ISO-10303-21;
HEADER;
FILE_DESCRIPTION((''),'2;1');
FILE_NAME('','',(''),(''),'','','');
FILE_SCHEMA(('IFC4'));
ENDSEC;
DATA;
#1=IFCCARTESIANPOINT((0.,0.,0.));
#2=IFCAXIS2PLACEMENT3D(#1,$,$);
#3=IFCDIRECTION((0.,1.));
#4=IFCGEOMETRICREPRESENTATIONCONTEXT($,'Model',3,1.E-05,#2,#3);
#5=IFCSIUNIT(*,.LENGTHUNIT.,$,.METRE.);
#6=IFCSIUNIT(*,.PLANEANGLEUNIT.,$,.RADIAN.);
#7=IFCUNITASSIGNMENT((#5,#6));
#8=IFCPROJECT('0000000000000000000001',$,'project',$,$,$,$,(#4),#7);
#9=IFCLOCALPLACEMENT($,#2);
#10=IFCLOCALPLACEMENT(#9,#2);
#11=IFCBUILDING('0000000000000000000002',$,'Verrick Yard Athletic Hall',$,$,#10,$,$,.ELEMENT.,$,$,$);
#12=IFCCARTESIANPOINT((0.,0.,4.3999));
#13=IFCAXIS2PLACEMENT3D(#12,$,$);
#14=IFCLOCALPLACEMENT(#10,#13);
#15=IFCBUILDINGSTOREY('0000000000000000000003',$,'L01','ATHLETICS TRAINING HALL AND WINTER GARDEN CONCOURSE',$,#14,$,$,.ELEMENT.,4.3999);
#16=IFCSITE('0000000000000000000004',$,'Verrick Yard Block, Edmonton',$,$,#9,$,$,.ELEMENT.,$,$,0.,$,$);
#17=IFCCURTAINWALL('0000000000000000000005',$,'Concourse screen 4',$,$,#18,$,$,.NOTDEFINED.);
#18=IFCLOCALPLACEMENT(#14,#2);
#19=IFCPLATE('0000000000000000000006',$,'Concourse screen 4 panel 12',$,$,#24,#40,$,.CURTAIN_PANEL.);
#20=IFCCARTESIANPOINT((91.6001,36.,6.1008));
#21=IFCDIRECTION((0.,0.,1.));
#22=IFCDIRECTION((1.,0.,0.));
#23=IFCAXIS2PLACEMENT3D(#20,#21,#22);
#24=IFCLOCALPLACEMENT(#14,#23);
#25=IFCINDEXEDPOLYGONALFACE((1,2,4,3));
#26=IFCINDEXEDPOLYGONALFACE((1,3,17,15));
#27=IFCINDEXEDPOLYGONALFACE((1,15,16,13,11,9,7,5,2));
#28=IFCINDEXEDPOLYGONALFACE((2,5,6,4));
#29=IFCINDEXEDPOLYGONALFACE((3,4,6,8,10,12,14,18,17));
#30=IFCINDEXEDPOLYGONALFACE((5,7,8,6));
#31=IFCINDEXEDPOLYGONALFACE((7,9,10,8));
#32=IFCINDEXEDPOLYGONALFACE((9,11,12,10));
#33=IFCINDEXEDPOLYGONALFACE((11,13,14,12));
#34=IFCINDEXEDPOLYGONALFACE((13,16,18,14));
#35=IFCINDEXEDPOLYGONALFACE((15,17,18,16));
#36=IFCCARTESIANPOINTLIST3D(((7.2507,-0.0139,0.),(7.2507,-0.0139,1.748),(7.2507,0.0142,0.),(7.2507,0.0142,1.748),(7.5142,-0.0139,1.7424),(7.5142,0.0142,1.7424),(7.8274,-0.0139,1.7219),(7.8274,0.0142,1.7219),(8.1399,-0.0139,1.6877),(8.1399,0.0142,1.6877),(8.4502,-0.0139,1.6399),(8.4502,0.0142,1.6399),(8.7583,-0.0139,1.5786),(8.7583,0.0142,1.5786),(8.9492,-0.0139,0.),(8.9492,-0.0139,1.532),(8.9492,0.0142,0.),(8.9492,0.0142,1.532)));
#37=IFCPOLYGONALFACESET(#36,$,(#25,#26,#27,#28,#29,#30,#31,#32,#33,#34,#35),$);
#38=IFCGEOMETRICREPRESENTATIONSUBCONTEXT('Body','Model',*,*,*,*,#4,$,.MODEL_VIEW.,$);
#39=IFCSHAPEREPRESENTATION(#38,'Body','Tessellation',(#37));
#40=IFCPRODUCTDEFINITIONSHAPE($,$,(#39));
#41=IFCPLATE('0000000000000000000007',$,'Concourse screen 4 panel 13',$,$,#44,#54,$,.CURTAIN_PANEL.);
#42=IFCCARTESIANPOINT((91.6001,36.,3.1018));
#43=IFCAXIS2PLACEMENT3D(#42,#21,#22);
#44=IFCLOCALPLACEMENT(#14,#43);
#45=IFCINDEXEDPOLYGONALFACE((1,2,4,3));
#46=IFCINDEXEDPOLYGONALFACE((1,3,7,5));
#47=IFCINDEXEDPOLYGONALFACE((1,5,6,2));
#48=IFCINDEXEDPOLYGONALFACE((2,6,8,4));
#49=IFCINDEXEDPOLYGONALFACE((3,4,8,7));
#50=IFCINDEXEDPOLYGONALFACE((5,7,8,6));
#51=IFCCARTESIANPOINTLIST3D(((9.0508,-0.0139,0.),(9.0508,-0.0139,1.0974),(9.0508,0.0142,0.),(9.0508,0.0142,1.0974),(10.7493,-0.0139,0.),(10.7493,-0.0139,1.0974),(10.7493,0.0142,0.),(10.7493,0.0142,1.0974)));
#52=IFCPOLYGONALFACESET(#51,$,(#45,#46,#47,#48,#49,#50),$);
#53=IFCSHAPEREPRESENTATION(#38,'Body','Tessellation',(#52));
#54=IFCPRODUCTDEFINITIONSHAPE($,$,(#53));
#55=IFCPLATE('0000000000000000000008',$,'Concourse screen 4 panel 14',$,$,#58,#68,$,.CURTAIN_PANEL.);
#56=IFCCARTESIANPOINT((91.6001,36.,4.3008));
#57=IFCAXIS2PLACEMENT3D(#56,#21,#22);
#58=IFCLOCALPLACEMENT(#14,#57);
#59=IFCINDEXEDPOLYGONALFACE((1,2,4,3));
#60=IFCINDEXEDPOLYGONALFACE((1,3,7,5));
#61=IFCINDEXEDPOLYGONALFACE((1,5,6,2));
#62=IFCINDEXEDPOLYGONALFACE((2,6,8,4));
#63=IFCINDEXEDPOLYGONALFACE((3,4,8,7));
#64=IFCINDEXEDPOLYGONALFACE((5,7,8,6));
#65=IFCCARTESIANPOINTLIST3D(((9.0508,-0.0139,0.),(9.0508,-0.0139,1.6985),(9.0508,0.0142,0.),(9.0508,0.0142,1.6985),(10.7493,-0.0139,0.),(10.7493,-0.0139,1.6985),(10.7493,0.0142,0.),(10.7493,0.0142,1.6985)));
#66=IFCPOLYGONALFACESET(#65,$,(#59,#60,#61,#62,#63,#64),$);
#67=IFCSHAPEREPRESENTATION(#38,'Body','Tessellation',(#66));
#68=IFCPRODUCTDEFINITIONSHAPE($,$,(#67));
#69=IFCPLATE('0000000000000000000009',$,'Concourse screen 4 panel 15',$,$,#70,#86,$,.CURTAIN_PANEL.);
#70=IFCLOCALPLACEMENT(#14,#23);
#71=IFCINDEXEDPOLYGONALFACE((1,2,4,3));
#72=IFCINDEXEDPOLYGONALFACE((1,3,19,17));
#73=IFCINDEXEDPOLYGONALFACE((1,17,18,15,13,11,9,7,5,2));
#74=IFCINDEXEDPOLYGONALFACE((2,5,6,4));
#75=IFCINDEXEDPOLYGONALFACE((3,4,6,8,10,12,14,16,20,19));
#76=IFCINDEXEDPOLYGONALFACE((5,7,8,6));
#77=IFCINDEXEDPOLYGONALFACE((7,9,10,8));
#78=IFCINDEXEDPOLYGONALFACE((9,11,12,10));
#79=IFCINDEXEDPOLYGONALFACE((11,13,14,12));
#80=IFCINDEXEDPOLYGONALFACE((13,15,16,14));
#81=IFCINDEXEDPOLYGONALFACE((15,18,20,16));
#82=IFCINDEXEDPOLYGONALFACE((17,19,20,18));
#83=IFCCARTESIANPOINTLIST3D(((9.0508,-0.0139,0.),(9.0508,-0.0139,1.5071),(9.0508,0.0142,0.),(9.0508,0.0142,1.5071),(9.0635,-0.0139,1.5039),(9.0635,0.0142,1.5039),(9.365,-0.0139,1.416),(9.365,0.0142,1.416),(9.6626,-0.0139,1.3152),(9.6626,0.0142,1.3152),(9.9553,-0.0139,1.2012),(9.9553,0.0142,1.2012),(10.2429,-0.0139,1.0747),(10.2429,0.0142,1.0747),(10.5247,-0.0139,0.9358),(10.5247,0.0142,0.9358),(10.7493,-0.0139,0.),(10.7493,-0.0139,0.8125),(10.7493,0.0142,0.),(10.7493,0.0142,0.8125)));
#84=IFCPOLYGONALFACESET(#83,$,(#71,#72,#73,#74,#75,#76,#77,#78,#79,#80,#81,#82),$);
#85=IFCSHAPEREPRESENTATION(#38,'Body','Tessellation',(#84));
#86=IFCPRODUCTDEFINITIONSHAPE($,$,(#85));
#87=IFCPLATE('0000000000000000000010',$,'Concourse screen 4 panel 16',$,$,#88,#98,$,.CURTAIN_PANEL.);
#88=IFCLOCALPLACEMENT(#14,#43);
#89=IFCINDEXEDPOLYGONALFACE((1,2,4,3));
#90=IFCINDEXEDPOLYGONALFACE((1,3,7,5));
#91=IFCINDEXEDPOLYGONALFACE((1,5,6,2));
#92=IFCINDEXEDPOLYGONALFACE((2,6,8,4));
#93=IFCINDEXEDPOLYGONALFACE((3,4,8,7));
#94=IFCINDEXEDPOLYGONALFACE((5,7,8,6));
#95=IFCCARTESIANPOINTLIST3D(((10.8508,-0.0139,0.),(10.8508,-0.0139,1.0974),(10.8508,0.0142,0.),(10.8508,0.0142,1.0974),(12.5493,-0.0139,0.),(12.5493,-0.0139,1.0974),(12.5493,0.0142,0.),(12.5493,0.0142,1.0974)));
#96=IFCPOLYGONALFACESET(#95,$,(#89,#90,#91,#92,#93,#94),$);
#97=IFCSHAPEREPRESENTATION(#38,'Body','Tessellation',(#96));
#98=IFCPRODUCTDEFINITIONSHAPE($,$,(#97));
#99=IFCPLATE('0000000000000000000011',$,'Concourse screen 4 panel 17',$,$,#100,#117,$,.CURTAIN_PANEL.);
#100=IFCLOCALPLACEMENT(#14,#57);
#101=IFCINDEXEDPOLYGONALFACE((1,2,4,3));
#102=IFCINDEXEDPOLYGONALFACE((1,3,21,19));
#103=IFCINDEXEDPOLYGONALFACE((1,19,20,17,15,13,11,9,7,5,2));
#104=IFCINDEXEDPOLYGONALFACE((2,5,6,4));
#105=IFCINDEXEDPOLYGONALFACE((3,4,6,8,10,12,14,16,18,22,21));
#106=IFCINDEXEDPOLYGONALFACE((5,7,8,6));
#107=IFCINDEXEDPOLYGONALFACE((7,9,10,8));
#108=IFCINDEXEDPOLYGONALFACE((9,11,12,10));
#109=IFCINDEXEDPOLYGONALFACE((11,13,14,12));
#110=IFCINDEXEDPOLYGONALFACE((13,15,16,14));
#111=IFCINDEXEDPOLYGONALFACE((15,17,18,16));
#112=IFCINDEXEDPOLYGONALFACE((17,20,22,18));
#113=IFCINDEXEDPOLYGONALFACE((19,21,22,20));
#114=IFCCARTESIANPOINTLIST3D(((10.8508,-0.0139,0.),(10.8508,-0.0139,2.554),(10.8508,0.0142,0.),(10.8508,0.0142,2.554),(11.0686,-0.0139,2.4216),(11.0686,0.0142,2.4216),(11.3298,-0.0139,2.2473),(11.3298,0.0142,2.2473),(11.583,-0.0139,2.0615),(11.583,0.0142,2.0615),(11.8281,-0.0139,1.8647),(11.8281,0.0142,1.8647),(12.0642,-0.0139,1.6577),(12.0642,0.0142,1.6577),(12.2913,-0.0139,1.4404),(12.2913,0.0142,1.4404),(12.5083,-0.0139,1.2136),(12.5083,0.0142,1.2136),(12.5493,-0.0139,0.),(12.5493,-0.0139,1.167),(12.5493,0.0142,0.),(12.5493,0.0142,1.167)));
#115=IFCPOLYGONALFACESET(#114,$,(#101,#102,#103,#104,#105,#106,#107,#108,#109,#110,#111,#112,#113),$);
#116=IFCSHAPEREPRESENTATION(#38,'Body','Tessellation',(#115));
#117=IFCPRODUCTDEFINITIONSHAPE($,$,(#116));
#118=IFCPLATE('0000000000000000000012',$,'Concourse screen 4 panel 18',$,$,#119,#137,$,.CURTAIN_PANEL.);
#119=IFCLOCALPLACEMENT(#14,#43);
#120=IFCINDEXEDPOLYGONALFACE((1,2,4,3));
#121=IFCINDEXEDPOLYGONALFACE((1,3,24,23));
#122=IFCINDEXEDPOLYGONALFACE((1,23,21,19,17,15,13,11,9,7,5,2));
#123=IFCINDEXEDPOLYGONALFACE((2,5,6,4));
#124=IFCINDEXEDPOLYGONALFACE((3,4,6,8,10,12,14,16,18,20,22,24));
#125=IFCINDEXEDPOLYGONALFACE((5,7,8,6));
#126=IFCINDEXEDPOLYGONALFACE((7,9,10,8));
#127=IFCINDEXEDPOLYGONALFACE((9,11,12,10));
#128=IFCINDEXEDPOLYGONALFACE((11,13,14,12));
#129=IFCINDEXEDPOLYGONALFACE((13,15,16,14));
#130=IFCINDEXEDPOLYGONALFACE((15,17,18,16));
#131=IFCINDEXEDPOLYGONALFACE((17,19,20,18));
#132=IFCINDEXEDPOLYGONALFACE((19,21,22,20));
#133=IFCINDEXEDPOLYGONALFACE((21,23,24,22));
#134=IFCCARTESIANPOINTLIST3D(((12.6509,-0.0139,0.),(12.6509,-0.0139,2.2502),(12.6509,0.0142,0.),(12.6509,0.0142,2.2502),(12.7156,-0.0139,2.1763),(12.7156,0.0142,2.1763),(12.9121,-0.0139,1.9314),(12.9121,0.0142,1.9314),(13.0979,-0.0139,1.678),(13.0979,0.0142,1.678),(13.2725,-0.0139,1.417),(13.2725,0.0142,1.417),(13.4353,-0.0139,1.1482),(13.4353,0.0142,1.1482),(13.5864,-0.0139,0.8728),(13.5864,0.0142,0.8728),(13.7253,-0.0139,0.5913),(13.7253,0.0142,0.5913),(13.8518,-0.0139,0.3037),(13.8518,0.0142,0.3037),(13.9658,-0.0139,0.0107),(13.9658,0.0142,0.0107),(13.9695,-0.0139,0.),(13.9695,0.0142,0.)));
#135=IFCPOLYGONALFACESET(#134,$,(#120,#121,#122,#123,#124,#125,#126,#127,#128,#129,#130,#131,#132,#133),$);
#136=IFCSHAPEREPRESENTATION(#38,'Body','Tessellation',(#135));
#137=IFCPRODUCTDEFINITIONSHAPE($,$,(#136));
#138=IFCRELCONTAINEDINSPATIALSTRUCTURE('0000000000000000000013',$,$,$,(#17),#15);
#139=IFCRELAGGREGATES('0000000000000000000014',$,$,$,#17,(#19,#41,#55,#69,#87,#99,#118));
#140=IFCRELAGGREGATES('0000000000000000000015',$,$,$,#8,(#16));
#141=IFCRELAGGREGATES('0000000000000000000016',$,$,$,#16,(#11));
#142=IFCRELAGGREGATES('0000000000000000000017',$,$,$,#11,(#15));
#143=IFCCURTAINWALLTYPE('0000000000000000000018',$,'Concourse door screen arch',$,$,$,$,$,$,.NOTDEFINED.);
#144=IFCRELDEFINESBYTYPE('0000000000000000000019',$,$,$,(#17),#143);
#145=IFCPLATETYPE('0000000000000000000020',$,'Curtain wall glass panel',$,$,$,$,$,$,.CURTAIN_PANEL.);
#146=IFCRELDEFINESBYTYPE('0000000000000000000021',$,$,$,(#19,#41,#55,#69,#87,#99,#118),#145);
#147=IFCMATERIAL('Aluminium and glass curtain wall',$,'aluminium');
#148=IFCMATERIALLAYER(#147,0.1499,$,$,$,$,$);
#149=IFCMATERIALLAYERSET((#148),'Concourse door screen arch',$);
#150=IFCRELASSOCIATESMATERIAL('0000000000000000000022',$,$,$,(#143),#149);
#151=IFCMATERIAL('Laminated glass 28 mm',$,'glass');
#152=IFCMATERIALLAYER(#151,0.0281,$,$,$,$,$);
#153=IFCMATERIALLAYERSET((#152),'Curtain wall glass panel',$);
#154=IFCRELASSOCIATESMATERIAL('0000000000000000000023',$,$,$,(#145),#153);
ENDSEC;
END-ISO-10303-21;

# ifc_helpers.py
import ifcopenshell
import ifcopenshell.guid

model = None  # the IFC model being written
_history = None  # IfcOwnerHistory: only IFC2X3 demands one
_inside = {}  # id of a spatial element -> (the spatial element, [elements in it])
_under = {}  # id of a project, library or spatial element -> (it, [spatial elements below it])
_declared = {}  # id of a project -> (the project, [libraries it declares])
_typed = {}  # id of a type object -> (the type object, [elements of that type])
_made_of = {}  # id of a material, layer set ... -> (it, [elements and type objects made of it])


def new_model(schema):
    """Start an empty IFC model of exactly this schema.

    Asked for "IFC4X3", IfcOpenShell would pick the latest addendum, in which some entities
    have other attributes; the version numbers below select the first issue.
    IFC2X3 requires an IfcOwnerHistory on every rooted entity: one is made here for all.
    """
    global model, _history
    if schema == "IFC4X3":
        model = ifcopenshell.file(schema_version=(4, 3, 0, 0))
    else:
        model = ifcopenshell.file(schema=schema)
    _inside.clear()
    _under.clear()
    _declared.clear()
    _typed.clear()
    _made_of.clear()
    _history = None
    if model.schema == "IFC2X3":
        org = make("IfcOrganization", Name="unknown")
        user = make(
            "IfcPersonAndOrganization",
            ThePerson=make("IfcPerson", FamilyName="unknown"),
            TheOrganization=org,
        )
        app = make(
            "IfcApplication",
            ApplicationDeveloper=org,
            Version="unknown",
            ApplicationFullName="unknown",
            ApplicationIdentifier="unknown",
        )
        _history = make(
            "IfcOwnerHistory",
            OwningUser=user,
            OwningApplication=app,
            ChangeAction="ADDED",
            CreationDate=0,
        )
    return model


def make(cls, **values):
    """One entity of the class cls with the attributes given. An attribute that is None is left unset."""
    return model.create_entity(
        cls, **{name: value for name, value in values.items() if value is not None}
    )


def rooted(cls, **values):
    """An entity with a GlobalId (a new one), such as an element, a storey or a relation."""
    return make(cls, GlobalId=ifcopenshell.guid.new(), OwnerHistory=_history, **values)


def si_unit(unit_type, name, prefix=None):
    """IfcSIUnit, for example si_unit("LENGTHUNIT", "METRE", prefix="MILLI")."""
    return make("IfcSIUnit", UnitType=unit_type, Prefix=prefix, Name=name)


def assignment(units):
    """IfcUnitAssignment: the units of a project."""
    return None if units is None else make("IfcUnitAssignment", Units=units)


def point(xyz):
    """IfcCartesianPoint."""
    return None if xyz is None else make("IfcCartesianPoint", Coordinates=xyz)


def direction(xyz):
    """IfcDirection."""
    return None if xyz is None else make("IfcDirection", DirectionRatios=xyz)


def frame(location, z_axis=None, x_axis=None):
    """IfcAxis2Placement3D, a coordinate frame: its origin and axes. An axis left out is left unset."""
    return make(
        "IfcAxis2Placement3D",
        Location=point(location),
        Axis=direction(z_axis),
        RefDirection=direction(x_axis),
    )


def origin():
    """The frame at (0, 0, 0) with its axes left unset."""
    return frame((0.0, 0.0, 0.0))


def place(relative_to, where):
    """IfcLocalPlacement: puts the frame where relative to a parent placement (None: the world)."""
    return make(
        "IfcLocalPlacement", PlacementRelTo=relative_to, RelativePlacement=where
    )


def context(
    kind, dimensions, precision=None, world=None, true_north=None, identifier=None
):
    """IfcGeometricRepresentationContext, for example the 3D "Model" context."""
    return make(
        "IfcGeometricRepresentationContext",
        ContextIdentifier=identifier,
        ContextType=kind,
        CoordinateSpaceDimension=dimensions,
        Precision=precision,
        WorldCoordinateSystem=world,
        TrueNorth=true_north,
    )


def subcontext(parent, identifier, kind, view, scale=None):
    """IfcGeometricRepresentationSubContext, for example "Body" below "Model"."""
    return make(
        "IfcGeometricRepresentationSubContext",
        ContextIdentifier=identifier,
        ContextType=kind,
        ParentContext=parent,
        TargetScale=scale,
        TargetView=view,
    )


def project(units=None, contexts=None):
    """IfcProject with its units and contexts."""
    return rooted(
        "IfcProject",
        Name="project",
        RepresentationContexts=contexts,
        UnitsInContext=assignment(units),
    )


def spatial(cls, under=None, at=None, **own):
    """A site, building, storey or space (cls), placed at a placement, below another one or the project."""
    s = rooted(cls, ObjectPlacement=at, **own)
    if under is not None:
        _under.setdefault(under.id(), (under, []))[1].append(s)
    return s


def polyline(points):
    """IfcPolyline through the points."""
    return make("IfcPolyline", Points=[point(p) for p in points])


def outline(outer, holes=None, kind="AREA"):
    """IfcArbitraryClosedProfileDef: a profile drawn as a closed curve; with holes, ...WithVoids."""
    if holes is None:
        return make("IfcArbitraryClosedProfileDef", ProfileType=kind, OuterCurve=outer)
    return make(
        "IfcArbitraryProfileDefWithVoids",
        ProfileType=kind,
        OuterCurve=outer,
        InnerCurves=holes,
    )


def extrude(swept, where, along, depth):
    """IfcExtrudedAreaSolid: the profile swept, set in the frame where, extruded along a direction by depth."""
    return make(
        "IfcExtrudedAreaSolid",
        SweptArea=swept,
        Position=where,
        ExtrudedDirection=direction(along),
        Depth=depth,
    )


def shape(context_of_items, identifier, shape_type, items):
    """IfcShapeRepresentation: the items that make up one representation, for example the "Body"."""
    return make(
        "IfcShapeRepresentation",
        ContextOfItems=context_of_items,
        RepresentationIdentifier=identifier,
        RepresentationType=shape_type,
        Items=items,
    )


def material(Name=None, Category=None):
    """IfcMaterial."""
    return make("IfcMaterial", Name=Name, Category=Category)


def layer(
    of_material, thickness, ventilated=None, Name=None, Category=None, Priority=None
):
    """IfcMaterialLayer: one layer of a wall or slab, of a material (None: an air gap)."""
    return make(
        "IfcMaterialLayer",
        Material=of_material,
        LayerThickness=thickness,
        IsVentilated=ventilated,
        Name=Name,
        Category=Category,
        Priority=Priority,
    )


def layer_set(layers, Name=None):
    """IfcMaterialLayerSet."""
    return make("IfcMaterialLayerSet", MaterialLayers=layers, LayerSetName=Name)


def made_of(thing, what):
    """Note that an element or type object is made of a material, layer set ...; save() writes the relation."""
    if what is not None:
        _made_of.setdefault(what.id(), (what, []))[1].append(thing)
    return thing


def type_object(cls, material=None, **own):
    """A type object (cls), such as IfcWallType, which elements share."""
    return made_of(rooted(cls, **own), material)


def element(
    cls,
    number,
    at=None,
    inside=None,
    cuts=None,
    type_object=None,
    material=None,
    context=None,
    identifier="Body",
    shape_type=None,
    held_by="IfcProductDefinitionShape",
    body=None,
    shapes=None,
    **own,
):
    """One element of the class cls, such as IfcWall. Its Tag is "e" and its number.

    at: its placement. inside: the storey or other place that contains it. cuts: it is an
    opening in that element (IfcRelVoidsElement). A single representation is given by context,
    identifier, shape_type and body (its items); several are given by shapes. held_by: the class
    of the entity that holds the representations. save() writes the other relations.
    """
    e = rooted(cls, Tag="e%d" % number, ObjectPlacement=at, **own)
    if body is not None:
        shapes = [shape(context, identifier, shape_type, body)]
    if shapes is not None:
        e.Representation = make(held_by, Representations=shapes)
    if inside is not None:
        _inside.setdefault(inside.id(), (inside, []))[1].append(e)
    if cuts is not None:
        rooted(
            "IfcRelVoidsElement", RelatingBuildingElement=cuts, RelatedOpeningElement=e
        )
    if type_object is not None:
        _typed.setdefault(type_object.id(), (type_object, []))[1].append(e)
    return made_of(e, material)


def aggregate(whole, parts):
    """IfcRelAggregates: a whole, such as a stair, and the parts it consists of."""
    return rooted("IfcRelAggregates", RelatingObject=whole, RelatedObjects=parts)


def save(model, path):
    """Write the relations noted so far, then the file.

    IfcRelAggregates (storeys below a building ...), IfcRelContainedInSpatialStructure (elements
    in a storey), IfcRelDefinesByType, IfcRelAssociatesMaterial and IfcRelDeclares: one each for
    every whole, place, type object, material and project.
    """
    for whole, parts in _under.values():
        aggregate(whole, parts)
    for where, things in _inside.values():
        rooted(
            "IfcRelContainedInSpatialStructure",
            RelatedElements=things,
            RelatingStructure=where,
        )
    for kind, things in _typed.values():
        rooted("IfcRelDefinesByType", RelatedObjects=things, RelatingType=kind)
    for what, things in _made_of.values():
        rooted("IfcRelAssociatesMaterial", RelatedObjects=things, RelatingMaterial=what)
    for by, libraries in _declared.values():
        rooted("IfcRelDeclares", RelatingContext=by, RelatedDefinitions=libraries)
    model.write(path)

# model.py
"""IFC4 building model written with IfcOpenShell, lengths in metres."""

from ifc_helpers import new_model, si_unit, direction, frame, origin, place, context, subcontext, project, spatial, polyline, outline, extrude, material, layer, layer_set, type_object, element, aggregate, save


model = new_model("IFC4")

# Units and contexts
model_context = context("Model", 3, precision=1e-05, world=origin(), true_north=direction((0.0, 1.0)))
body_context = subcontext(model_context, "Body", "Model", "MODEL_VIEW")
ifc_project = project(units=[si_unit("LENGTHUNIT", "METRE"), si_unit("PLANEANGLEUNIT", "RADIAN")], contexts=[model_context])

# Site, building, storey
site_placement = place(None, origin())
site = spatial("IfcSite", under=ifc_project, at=site_placement, Name="Verrick Yard Block, Edmonton", CompositionType="ELEMENT", RefElevation=0.0)
building_placement = place(site_placement, origin())
building = spatial("IfcBuilding", under=site, at=building_placement, Name="Verrick Yard Athletic Hall", CompositionType="ELEMENT")
storey_placement = place(building_placement, frame((0.0, 0.0, 4.3999)))
storey = spatial("IfcBuildingStorey", under=building, at=storey_placement, Name="L01", Description="ATHLETICS TRAINING HALL AND WINTER GARDEN CONCOURSE", CompositionType="ELEMENT", Elevation=4.3999)

# Curtain wall, plates
ifc_material_1 = material(Name="Aluminium and glass curtain wall", Category="aluminium")
ifc_layer_1 = layer(ifc_material_1, 0.1499)
ifc_layer_set_1 = layer_set([ifc_layer_1], Name="Concourse door screen arch")
curtain_wall_type = type_object("IfcCurtainWallType", Name="Concourse door screen arch", PredefinedType="NOTDEFINED", material=ifc_layer_set_1)
curtain_wall_placement = place(storey_placement, origin())
curtain_wall = element("IfcCurtainWall", 1, at=curtain_wall_placement, inside=storey, type_object=curtain_wall_type, Name="Concourse screen 4", PredefinedType="NOTDEFINED")
ifc_material_2 = material(Name="Laminated glass 28 mm", Category="glass")
ifc_layer_2 = layer(ifc_material_2, 0.0281)
ifc_layer_set_2 = layer_set([ifc_layer_2], Name="Curtain wall glass panel")
plate_type = type_object("IfcPlateType", Name="Curtain wall glass panel", PredefinedType="CURTAIN_PANEL", material=ifc_layer_set_2)
plate_1_placement = place(storey_placement, frame((91.6001, 36.0, 6.1008), z_axis=(0.0, 0.0, 1.0), x_axis=(1.0, 0.0, 0.0)))
plate_1 = element("IfcPlate", 2, at=plate_1_placement, type_object=plate_type, Name="Concourse screen 4 panel 12", PredefinedType="CURTAIN_PANEL", context=body_context, shape_type="SweptSolid", body=[
    extrude(outline(polyline([(8.9492, 1.532), (8.7583, 1.5786), (8.4502, 1.6399), (8.1399, 1.6877), (7.8274, 1.7219), (7.5142, 1.7424), (7.2507, 1.748), (7.2507, 0.0), (8.9492, 0.0), (8.9492, 1.532)])), frame((0.0, 0.0142, 0.0), z_axis=(0.0, -1.0, 0.0), x_axis=(1.0, 0.0, 0.0)), (0.0, 0.0, 1.0), 0.0281),
])
plate_2_placement = place(storey_placement, frame((91.6001, 36.0, 3.1018), z_axis=(0.0, 0.0, 1.0), x_axis=(1.0, 0.0, 0.0)))
plate_2 = element("IfcPlate", 3, at=plate_2_placement, type_object=plate_type, Name="Concourse screen 4 panel 13", PredefinedType="CURTAIN_PANEL", context=body_context, shape_type="SweptSolid", body=[
    extrude(outline(polyline([(10.7493, 0.0), (10.7493, 1.0974), (9.0508, 1.0974), (9.0508, 0.0), (10.7493, 0.0)])), frame((0.0, 0.0142, 0.0), z_axis=(0.0, -1.0, 0.0), x_axis=(1.0, 0.0, 0.0)), (0.0, 0.0, 1.0), 0.0281),
])
plate_3_placement = place(storey_placement, frame((91.6001, 36.0, 4.3008), z_axis=(0.0, 0.0, 1.0), x_axis=(1.0, 0.0, 0.0)))
plate_3 = element("IfcPlate", 4, at=plate_3_placement, type_object=plate_type, Name="Concourse screen 4 panel 14", PredefinedType="CURTAIN_PANEL", context=body_context, shape_type="SweptSolid", body=[
    extrude(outline(polyline([(10.7493, 0.0), (10.7493, 1.6985), (9.0508, 1.6985), (9.0508, 0.0), (10.7493, 0.0)])), frame((0.0, 0.0142, 0.0), z_axis=(0.0, -1.0, 0.0), x_axis=(1.0, 0.0, 0.0)), (0.0, 0.0, 1.0), 0.0281),
])
plate_4_placement = place(storey_placement, frame((91.6001, 36.0, 6.1008), z_axis=(0.0, 0.0, 1.0), x_axis=(1.0, 0.0, 0.0)))
plate_4 = element("IfcPlate", 5, at=plate_4_placement, type_object=plate_type, Name="Concourse screen 4 panel 15", PredefinedType="CURTAIN_PANEL", context=body_context, shape_type="SweptSolid", body=[
    extrude(outline(polyline([(10.7493, 0.8125), (10.5247, 0.9358), (10.2429, 1.0747), (9.9553, 1.2012), (9.6626, 1.3152), (9.365, 1.416), (9.0635, 1.5039), (9.0508, 1.5071), (9.0508, 0.0), (10.7493, 0.0), (10.7493, 0.8125)])), frame((0.0, 0.0142, 0.0), z_axis=(0.0, -1.0, 0.0), x_axis=(1.0, 0.0, 0.0)), (0.0, 0.0, 1.0), 0.0281),
])
plate_5_placement = place(storey_placement, frame((91.6001, 36.0, 3.1018), z_axis=(0.0, 0.0, 1.0), x_axis=(1.0, 0.0, 0.0)))
plate_5 = element("IfcPlate", 6, at=plate_5_placement, type_object=plate_type, Name="Concourse screen 4 panel 16", PredefinedType="CURTAIN_PANEL", context=body_context, shape_type="SweptSolid", body=[
    extrude(outline(polyline([(12.5493, 0.0), (12.5493, 1.0974), (10.8508, 1.0974), (10.8508, 0.0), (12.5493, 0.0)])), frame((0.0, 0.0142, 0.0), z_axis=(0.0, -1.0, 0.0), x_axis=(1.0, 0.0, 0.0)), (0.0, 0.0, 1.0), 0.0281),
])
plate_6_placement = place(storey_placement, frame((91.6001, 36.0, 4.3008), z_axis=(0.0, 0.0, 1.0), x_axis=(1.0, 0.0, 0.0)))
plate_6 = element("IfcPlate", 7, at=plate_6_placement, type_object=plate_type, Name="Concourse screen 4 panel 17", PredefinedType="CURTAIN_PANEL", context=body_context, shape_type="SweptSolid", body=[
    extrude(outline(polyline([(12.5493, 1.167), (12.5083, 1.2136), (12.2913, 1.4404), (12.0642, 1.6577), (11.8281, 1.8647), (11.583, 2.0615), (11.3298, 2.2473), (11.0686, 2.4216), (10.8508, 2.554), (10.8508, 0.0), (12.5493, 0.0), (12.5493, 1.167)])), frame((0.0, 0.0142, 0.0), z_axis=(0.0, -1.0, 0.0), x_axis=(1.0, 0.0, 0.0)), (0.0, 0.0, 1.0), 0.0281),
])
plate_7_placement = place(storey_placement, frame((91.6001, 36.0, 3.1018), z_axis=(0.0, 0.0, 1.0), x_axis=(1.0, 0.0, 0.0)))
plate_7 = element("IfcPlate", 8, at=plate_7_placement, type_object=plate_type, Name="Concourse screen 4 panel 18", PredefinedType="CURTAIN_PANEL", context=body_context, shape_type="SweptSolid", body=[
    extrude(outline(polyline([(13.9695, 0.0), (13.9658, 0.0107), (13.8518, 0.3037), (13.7253, 0.5913), (13.5864, 0.8728), (13.4353, 1.1482), (13.2725, 1.417), (13.0979, 1.678), (12.9121, 1.9314), (12.7156, 2.1763), (12.6509, 2.2502), (12.6509, 0.0), (13.9695, 0.0)])), frame((0.0, 0.0142, 0.0), z_axis=(0.0, -1.0, 0.0), x_axis=(1.0, 0.0, 0.0)), (0.0, 0.0, 1.0), 0.0281),
])
aggregate(curtain_wall, [plate_1, plate_2, plate_3, plate_4, plate_5, plate_6, plate_7])

save(model, "model.ifc")
